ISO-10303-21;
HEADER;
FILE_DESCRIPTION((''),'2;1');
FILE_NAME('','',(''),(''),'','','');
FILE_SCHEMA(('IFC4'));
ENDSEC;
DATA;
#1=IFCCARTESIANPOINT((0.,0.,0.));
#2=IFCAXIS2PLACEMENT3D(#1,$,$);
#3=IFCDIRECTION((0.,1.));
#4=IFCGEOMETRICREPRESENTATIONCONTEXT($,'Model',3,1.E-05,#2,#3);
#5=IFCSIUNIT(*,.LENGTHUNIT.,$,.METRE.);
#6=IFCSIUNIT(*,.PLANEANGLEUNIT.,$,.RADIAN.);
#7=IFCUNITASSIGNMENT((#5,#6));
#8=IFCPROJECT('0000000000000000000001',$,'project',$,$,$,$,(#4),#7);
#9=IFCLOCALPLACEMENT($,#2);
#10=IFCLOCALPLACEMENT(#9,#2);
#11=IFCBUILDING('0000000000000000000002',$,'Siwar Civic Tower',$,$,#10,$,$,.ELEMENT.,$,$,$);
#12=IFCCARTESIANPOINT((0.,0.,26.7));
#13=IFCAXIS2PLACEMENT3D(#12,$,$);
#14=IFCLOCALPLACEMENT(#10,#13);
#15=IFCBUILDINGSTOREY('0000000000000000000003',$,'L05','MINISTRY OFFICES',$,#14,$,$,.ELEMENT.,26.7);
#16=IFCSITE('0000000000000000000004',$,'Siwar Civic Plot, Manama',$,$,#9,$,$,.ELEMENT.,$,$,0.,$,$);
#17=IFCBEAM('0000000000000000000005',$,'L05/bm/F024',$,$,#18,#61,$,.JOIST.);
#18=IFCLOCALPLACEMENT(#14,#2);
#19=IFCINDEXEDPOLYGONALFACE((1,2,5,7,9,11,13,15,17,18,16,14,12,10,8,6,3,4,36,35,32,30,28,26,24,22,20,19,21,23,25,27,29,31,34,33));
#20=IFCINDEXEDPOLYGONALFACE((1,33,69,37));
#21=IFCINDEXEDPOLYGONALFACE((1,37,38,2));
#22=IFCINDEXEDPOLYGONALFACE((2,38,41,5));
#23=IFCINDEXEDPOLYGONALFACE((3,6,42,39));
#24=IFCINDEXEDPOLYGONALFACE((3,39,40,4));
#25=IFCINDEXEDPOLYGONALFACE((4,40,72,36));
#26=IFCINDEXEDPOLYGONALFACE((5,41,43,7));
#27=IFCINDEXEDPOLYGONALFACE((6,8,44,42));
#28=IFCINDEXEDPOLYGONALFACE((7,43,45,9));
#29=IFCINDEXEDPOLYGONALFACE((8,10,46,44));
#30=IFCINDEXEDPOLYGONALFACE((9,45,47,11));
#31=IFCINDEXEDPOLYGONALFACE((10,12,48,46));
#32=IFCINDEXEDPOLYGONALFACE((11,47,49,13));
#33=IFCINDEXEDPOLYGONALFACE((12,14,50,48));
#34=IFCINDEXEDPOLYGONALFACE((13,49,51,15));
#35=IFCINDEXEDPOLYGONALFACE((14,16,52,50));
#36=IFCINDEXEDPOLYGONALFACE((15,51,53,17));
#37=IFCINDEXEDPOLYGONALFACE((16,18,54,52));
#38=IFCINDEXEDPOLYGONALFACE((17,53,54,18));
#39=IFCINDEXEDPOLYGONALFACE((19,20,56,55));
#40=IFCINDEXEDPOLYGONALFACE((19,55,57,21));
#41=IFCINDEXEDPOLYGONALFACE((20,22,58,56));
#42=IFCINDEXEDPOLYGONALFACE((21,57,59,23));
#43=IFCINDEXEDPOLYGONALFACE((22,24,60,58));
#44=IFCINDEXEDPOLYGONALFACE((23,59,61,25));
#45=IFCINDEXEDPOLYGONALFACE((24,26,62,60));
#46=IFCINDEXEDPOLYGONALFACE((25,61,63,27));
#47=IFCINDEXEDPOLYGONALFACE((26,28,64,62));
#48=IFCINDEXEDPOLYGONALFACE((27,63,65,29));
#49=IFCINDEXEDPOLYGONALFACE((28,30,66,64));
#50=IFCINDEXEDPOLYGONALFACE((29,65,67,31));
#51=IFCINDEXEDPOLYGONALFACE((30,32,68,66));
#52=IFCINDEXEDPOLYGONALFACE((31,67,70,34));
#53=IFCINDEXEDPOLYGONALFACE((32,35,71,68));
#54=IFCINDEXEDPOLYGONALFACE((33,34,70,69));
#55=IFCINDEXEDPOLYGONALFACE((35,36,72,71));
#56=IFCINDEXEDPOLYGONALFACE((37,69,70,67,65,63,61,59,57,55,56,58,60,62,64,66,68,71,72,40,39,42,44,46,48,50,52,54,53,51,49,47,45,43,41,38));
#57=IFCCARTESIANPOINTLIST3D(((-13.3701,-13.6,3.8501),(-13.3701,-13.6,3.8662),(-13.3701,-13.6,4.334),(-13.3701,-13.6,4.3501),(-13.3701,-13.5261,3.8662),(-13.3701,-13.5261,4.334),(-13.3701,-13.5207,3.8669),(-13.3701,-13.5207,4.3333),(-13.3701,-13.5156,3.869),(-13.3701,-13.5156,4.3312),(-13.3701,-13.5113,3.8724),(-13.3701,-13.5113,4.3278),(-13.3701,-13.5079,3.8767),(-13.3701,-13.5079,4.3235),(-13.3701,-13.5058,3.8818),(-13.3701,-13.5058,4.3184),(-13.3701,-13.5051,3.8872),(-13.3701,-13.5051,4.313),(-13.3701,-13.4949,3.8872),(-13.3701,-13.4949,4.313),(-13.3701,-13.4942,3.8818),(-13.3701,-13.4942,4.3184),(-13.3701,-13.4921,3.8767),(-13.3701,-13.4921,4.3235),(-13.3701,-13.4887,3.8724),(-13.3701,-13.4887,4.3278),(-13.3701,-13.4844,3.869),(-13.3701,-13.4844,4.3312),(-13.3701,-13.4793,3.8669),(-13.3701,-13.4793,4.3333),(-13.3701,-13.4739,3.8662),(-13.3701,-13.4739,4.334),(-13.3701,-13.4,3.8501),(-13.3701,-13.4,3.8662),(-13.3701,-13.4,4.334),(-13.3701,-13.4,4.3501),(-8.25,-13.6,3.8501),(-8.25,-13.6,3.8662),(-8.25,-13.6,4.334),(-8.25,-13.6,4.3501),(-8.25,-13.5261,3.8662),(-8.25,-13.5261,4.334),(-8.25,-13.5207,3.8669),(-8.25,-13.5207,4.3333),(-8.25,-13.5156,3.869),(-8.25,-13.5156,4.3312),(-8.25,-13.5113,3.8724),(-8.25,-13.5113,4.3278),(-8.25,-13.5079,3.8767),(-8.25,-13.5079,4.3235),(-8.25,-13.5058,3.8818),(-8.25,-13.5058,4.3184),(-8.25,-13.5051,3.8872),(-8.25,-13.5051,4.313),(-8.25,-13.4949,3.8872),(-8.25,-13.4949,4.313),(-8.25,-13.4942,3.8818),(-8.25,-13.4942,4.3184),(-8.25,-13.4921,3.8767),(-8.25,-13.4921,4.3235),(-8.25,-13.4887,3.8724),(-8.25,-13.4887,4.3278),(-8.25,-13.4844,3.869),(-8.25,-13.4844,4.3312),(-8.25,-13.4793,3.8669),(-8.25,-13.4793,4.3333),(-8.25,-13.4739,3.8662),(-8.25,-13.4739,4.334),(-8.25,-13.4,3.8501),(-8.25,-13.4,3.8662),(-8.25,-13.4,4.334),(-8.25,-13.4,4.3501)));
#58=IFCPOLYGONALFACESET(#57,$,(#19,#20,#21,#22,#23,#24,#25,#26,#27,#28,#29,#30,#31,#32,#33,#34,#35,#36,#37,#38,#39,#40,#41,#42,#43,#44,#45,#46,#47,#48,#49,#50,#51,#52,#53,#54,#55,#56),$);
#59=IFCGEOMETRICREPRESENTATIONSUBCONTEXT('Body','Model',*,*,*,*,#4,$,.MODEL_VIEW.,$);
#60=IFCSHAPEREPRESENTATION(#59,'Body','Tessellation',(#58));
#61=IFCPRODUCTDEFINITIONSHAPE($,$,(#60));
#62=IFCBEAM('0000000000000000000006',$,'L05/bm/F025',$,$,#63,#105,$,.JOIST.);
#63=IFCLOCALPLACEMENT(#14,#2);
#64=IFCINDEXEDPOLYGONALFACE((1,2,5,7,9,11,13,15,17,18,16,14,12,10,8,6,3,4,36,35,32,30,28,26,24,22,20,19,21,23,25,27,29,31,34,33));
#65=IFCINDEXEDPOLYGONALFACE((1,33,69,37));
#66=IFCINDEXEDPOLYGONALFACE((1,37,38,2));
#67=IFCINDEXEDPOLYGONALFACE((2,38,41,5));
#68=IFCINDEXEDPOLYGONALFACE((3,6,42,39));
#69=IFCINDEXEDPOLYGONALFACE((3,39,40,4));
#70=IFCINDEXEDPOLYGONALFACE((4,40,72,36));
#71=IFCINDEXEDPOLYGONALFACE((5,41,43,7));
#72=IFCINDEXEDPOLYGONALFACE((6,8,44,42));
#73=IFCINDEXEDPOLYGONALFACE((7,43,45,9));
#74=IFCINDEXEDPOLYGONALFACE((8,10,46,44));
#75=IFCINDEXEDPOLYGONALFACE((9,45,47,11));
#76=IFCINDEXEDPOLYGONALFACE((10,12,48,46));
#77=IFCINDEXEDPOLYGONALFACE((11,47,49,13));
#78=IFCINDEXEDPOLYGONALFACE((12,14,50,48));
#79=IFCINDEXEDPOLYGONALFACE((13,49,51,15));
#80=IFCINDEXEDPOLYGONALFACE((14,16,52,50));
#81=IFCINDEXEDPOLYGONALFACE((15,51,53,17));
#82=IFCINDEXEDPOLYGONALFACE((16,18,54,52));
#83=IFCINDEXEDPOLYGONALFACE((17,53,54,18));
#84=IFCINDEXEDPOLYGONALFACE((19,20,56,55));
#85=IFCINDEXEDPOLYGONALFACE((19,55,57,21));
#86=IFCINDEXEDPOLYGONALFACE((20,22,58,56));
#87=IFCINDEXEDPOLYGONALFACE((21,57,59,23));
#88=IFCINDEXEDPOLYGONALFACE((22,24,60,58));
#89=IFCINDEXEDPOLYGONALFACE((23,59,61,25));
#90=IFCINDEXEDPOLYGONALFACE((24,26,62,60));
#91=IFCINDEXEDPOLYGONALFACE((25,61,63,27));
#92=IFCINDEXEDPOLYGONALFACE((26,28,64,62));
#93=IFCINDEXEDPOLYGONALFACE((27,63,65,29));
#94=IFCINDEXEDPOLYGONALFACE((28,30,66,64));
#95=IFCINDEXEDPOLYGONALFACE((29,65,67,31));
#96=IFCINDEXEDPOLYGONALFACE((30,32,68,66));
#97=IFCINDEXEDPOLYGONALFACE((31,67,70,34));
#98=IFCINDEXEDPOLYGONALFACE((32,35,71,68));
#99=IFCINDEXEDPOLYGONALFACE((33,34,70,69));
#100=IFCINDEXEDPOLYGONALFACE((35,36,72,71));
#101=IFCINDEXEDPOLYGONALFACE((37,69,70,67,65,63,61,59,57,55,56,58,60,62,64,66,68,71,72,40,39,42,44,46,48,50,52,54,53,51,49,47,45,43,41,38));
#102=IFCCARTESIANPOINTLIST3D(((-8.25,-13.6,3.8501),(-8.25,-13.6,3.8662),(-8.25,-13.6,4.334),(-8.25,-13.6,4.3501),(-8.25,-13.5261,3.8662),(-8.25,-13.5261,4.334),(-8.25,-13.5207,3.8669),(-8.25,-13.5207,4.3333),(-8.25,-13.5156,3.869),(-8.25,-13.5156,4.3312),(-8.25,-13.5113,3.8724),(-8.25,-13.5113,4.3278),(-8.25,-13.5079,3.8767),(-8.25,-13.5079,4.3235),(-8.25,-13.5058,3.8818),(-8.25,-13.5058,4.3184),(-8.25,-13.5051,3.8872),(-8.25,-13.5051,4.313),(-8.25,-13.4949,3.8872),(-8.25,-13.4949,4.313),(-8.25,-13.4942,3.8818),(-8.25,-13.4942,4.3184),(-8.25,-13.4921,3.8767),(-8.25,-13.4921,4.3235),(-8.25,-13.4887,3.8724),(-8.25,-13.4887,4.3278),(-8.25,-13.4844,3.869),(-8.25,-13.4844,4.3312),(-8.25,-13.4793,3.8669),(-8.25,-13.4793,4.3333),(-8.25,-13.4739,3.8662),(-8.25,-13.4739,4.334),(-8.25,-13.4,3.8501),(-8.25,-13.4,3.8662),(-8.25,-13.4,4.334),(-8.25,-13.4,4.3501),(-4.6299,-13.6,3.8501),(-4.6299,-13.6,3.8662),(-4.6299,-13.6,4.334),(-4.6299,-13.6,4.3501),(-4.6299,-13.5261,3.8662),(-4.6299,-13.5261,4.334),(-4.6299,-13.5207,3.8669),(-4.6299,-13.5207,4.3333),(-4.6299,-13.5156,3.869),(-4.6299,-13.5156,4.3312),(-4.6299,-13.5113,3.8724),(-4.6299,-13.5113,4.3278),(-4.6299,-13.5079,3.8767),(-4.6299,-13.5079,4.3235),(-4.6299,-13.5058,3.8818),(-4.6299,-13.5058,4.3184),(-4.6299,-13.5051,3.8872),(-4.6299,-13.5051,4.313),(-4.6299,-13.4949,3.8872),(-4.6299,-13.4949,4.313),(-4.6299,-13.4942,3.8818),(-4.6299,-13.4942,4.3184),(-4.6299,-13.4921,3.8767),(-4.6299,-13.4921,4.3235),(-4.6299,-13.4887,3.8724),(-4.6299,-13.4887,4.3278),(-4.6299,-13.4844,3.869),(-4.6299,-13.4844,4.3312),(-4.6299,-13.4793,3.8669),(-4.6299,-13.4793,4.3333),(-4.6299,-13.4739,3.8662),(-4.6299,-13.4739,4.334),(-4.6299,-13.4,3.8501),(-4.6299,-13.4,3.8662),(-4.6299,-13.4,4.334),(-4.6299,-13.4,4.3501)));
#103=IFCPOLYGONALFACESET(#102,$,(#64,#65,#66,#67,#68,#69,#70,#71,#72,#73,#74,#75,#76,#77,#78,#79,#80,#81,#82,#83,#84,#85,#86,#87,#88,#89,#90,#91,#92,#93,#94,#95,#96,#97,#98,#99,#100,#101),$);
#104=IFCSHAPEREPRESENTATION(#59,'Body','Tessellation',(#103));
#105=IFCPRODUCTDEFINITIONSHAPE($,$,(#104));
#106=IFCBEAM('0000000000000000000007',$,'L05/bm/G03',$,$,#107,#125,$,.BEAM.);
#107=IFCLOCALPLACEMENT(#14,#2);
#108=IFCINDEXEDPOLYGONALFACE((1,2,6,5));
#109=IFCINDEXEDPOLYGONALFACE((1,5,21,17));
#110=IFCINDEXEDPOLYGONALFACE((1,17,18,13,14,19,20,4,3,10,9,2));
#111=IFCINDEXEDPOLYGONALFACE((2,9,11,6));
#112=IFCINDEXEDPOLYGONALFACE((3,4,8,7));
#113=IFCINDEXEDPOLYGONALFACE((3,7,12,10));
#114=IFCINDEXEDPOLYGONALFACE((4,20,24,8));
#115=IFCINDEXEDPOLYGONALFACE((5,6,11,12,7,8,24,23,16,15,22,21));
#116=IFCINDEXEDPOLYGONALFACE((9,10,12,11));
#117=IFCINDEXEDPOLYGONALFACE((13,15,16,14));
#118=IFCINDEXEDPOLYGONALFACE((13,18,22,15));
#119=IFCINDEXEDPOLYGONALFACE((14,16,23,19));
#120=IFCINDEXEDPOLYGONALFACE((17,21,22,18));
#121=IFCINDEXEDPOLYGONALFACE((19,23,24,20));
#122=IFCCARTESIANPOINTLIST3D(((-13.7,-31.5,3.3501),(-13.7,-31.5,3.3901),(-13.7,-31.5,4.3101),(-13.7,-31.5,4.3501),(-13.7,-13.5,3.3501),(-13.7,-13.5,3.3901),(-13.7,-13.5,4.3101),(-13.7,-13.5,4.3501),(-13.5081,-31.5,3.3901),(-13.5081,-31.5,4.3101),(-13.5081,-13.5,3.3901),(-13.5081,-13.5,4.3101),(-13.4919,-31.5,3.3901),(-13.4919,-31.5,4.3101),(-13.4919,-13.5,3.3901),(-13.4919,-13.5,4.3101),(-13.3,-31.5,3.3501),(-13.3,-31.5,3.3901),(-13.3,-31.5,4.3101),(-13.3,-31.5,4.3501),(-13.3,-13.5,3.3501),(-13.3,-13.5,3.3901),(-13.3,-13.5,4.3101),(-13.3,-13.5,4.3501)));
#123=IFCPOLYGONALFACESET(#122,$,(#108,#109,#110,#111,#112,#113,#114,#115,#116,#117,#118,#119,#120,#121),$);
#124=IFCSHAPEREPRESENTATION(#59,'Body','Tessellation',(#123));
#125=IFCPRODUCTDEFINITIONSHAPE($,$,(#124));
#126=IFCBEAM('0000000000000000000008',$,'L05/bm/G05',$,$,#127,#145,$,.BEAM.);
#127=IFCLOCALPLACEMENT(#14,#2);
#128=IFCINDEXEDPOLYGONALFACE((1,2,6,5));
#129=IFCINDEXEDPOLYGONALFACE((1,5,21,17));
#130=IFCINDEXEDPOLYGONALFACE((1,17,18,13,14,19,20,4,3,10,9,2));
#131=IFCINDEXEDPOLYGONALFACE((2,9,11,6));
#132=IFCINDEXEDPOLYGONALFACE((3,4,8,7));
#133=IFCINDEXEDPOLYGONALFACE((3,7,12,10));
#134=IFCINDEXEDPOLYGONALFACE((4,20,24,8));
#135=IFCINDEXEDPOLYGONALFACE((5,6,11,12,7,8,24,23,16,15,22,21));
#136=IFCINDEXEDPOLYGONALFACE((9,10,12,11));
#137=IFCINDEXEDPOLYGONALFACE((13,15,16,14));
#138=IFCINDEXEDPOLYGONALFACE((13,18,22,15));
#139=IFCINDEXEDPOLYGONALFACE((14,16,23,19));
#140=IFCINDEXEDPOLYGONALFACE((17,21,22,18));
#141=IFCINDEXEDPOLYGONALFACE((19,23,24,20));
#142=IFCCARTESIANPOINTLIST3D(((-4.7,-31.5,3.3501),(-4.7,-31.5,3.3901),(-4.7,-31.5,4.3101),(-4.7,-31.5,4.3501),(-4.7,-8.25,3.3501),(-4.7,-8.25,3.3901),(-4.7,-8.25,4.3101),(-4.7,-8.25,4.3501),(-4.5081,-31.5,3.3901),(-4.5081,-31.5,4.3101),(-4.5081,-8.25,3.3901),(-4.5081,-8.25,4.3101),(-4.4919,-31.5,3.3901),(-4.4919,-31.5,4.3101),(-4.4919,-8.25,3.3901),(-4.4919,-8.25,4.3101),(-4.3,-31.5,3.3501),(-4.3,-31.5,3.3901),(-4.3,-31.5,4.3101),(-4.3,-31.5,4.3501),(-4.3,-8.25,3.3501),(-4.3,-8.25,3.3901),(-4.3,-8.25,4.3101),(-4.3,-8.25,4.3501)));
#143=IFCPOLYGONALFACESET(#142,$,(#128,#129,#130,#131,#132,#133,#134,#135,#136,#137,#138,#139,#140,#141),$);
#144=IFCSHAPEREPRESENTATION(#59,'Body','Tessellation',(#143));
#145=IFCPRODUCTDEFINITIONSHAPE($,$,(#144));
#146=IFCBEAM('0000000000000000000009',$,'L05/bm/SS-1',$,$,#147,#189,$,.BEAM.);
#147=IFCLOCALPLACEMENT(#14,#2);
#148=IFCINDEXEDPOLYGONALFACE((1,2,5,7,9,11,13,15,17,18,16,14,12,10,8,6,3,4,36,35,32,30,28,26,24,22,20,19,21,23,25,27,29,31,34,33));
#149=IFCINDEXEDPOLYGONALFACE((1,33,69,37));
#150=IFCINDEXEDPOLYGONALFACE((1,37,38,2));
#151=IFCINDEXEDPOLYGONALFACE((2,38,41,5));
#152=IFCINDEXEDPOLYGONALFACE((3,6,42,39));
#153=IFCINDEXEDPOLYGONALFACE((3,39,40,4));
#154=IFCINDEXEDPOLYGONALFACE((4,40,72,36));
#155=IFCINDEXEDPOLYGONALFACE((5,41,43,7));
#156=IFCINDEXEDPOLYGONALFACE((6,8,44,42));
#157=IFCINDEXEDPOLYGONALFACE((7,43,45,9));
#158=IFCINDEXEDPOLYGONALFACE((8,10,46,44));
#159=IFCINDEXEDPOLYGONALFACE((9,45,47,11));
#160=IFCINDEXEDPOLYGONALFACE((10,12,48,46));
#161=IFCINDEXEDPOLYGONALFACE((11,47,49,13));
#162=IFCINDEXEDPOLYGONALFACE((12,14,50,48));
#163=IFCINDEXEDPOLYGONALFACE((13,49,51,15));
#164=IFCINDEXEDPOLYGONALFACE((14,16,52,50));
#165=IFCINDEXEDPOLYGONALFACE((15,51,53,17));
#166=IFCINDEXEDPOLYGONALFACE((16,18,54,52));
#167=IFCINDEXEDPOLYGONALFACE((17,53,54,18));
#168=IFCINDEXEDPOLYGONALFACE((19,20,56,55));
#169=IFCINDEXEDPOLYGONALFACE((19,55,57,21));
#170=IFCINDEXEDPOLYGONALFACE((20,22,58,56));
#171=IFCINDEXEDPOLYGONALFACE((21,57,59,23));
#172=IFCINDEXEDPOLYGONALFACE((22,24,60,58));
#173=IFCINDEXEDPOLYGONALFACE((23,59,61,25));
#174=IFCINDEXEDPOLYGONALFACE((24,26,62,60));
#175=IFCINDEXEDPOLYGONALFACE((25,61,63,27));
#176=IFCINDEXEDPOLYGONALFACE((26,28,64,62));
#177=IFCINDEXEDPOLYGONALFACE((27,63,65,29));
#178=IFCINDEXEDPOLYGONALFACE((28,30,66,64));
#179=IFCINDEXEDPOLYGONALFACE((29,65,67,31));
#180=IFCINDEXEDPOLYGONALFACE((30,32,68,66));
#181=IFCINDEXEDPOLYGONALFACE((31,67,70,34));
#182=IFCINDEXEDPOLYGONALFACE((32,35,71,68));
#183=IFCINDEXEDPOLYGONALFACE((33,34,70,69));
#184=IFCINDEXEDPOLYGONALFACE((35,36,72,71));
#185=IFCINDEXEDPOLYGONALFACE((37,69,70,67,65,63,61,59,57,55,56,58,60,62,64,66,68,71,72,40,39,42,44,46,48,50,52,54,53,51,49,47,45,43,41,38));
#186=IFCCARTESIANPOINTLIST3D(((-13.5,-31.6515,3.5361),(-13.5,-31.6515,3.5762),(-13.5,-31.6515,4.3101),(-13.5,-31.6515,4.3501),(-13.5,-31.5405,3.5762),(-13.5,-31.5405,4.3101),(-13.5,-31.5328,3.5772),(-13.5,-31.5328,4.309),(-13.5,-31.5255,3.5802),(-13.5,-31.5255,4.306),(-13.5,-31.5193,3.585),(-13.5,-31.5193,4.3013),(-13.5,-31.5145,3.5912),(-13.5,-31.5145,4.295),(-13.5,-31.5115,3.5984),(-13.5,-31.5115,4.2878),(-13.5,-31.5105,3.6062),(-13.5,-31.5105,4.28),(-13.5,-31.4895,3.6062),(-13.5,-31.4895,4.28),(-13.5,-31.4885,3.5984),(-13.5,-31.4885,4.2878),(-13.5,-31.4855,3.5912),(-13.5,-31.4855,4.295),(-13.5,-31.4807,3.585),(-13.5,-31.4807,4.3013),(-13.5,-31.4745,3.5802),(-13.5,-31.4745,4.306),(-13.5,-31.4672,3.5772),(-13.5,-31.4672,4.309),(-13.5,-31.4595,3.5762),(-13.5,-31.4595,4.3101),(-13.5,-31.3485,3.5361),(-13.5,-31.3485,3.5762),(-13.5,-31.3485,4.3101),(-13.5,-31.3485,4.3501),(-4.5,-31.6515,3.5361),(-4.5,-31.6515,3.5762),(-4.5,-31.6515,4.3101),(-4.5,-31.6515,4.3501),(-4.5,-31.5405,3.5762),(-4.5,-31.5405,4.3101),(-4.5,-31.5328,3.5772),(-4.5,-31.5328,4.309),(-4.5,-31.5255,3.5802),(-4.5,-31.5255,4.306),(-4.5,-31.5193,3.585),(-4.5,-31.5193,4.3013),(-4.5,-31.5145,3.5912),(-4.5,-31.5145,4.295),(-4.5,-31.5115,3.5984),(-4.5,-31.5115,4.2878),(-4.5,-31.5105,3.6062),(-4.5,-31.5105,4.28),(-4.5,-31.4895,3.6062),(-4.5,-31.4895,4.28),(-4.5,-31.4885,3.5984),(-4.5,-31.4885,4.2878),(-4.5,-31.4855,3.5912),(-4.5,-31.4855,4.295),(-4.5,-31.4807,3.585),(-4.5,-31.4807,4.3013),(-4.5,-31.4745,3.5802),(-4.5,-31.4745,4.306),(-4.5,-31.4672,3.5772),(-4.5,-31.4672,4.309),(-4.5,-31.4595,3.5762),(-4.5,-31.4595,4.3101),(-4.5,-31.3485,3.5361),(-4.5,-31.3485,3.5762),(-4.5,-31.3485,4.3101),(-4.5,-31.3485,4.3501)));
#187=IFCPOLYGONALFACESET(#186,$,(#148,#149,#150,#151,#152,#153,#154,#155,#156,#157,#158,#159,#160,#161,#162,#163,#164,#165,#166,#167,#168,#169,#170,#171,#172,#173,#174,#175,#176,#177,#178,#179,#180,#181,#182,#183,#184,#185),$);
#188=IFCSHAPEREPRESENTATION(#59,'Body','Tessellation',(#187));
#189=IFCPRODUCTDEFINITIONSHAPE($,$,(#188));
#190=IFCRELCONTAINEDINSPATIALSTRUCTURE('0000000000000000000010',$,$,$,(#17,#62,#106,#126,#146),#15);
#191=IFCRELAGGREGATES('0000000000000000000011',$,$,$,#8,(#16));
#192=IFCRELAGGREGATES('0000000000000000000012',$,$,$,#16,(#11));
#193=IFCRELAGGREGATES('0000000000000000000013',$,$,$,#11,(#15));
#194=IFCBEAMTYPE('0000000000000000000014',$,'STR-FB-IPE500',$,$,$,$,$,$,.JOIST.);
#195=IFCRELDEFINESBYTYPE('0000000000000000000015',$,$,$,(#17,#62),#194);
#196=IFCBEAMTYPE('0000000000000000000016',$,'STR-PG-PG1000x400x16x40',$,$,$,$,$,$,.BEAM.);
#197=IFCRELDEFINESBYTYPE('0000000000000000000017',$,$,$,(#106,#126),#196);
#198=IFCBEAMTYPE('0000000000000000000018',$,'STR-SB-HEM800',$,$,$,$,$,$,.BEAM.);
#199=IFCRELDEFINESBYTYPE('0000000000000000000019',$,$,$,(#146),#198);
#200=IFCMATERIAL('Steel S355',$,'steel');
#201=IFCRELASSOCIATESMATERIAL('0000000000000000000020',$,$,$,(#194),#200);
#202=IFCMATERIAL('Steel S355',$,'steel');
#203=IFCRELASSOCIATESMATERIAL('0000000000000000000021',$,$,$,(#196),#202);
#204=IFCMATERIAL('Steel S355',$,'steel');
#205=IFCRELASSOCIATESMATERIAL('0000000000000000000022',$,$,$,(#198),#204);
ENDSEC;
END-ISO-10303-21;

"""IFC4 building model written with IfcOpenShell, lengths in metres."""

from ifc_helpers import new_model, si_unit, direction, frame, origin, origin_2d, place, context, subcontext, project, spatial, i_section, extrude, material, material_profile, profile_set, type_object, element, save


model = new_model("IFC4")

# Units and contexts
model_context = context("Model", 3, precision=1e-05, world=origin(), true_north=direction((0.0, 1.0)))
body_context = subcontext(model_context, "Body", "Model", "MODEL_VIEW")
ifc_project = project(units=[si_unit("LENGTHUNIT", "METRE"), si_unit("PLANEANGLEUNIT", "RADIAN")], contexts=[model_context])

# Site, building, storey
site_placement = place(None, origin())
site = spatial("IfcSite", under=ifc_project, at=site_placement, Name="Siwar Civic Plot, Manama", CompositionType="ELEMENT", RefElevation=0.0)
building_placement = place(site_placement, origin())
building = spatial("IfcBuilding", under=site, at=building_placement, Name="Siwar Civic Tower", CompositionType="ELEMENT")
storey_placement = place(building_placement, frame((0.0, 0.0, 26.7)))
storey = spatial("IfcBuildingStorey", under=building, at=storey_placement, Name="L05", Description="MINISTRY OFFICES", CompositionType="ELEMENT", Elevation=26.7)

# Beams
ifc_material_1 = material(Name="Steel S355", Category="steel")
ifc_material_profile_1 = material_profile(ifc_material_1, i_section(OverallWidth=0.2, OverallDepth=0.5, WebThickness=0.0103, FlangeThickness=0.0161, FilletRadius=0.021, at=origin_2d()), Name="IPE500")
ifc_profile_set_1 = profile_set([ifc_material_profile_1], Name="Steel S355")
beam_type_1 = type_object("IfcBeamType", Name="STR-FB-IPE500", PredefinedType="JOIST", material=ifc_profile_set_1)
beam_1_placement = place(storey_placement, frame((-13.3701, -13.5, 4.1001), z_axis=(1.0, 0.0, 0.0), x_axis=(0.0, 1.0, 0.0)))
element("IfcBeam", 1, at=beam_1_placement, inside=storey, type_object=beam_type_1, Name="L05/bm/F024", PredefinedType="JOIST", context=body_context, shape_type="SweptSolid", body=[
    extrude(i_section(OverallWidth=0.2, OverallDepth=0.5, WebThickness=0.0103, FlangeThickness=0.0161, FilletRadius=0.021, at=origin_2d()), origin(), (0.0, 0.0, 1.0), 5.1201),
])
beam_2_placement = place(storey_placement, frame((-8.25, -13.5, 4.1001), z_axis=(1.0, 0.0, 0.0), x_axis=(0.0, 1.0, 0.0)))
element("IfcBeam", 2, at=beam_2_placement, inside=storey, type_object=beam_type_1, Name="L05/bm/F025", PredefinedType="JOIST", context=body_context, shape_type="SweptSolid", body=[
    extrude(i_section(OverallWidth=0.2, OverallDepth=0.5, WebThickness=0.0103, FlangeThickness=0.0161, FilletRadius=0.021, at=origin_2d()), origin(), (0.0, 0.0, 1.0), 3.6201),
])
ifc_material_2 = material(Name="Steel S355", Category="steel")
ifc_material_profile_2 = material_profile(ifc_material_2, i_section(OverallWidth=0.3999, OverallDepth=1.0, WebThickness=0.0161, FlangeThickness=0.04, at=origin_2d()), Name="PG1000x400x16x40")
ifc_profile_set_2 = profile_set([ifc_material_profile_2], Name="Steel S355")
beam_type_2 = type_object("IfcBeamType", Name="STR-PG-PG1000x400x16x40", PredefinedType="BEAM", material=ifc_profile_set_2)
beam_3_placement = place(storey_placement, frame((-13.5, -31.5, 3.8501), z_axis=(0.0, 1.0, 0.0), x_axis=(-1.0, 0.0, 0.0)))
element("IfcBeam", 3, at=beam_3_placement, inside=storey, type_object=beam_type_2, Name="L05/bm/G03", PredefinedType="BEAM", context=body_context, shape_type="SweptSolid", body=[
    extrude(i_section(OverallWidth=0.3999, OverallDepth=1.0, WebThickness=0.0161, FlangeThickness=0.04, at=origin_2d()), origin(), (0.0, 0.0, 1.0), 18.0),
])
beam_4_placement = place(storey_placement, frame((-4.5, -31.5, 3.8501), z_axis=(0.0, 1.0, 0.0), x_axis=(-1.0, 0.0, 0.0)))
element("IfcBeam", 4, at=beam_4_placement, inside=storey, type_object=beam_type_2, Name="L05/bm/G05", PredefinedType="BEAM", context=body_context, shape_type="SweptSolid", body=[
    extrude(i_section(OverallWidth=0.3999, OverallDepth=1.0, WebThickness=0.0161, FlangeThickness=0.04, at=origin_2d()), origin(), (0.0, 0.0, 1.0), 23.25),
])
ifc_material_3 = material(Name="Steel S355", Category="steel")
ifc_material_profile_3 = material_profile(ifc_material_3, i_section(OverallWidth=0.303, OverallDepth=0.814, WebThickness=0.021, FlangeThickness=0.04, FilletRadius=0.03, at=origin_2d()), Name="HEM800")
ifc_profile_set_3 = profile_set([ifc_material_profile_3], Name="Steel S355")
beam_type_3 = type_object("IfcBeamType", Name="STR-SB-HEM800", PredefinedType="BEAM", material=ifc_profile_set_3)
for number, where, z_axis, x_axis, name in (
    (5, (-13.5, -31.5, 3.9431), (1.0, 0.0, 0.0), (0.0, 1.0, 0.0), "L05/bm/SS-1"),
):
    element("IfcBeam", number, at=place(storey_placement, frame(where, z_axis=z_axis, x_axis=x_axis)), inside=storey, type_object=beam_type_3, Name=name, PredefinedType="BEAM", context=body_context, shape_type="SweptSolid", body=[
        extrude(i_section(OverallWidth=0.303, OverallDepth=0.814, WebThickness=0.021, FlangeThickness=0.04, FilletRadius=0.03, at=origin_2d()), origin(), (0.0, 0.0, 1.0), 9.0),
    ])

save(model, "model.ifc")
